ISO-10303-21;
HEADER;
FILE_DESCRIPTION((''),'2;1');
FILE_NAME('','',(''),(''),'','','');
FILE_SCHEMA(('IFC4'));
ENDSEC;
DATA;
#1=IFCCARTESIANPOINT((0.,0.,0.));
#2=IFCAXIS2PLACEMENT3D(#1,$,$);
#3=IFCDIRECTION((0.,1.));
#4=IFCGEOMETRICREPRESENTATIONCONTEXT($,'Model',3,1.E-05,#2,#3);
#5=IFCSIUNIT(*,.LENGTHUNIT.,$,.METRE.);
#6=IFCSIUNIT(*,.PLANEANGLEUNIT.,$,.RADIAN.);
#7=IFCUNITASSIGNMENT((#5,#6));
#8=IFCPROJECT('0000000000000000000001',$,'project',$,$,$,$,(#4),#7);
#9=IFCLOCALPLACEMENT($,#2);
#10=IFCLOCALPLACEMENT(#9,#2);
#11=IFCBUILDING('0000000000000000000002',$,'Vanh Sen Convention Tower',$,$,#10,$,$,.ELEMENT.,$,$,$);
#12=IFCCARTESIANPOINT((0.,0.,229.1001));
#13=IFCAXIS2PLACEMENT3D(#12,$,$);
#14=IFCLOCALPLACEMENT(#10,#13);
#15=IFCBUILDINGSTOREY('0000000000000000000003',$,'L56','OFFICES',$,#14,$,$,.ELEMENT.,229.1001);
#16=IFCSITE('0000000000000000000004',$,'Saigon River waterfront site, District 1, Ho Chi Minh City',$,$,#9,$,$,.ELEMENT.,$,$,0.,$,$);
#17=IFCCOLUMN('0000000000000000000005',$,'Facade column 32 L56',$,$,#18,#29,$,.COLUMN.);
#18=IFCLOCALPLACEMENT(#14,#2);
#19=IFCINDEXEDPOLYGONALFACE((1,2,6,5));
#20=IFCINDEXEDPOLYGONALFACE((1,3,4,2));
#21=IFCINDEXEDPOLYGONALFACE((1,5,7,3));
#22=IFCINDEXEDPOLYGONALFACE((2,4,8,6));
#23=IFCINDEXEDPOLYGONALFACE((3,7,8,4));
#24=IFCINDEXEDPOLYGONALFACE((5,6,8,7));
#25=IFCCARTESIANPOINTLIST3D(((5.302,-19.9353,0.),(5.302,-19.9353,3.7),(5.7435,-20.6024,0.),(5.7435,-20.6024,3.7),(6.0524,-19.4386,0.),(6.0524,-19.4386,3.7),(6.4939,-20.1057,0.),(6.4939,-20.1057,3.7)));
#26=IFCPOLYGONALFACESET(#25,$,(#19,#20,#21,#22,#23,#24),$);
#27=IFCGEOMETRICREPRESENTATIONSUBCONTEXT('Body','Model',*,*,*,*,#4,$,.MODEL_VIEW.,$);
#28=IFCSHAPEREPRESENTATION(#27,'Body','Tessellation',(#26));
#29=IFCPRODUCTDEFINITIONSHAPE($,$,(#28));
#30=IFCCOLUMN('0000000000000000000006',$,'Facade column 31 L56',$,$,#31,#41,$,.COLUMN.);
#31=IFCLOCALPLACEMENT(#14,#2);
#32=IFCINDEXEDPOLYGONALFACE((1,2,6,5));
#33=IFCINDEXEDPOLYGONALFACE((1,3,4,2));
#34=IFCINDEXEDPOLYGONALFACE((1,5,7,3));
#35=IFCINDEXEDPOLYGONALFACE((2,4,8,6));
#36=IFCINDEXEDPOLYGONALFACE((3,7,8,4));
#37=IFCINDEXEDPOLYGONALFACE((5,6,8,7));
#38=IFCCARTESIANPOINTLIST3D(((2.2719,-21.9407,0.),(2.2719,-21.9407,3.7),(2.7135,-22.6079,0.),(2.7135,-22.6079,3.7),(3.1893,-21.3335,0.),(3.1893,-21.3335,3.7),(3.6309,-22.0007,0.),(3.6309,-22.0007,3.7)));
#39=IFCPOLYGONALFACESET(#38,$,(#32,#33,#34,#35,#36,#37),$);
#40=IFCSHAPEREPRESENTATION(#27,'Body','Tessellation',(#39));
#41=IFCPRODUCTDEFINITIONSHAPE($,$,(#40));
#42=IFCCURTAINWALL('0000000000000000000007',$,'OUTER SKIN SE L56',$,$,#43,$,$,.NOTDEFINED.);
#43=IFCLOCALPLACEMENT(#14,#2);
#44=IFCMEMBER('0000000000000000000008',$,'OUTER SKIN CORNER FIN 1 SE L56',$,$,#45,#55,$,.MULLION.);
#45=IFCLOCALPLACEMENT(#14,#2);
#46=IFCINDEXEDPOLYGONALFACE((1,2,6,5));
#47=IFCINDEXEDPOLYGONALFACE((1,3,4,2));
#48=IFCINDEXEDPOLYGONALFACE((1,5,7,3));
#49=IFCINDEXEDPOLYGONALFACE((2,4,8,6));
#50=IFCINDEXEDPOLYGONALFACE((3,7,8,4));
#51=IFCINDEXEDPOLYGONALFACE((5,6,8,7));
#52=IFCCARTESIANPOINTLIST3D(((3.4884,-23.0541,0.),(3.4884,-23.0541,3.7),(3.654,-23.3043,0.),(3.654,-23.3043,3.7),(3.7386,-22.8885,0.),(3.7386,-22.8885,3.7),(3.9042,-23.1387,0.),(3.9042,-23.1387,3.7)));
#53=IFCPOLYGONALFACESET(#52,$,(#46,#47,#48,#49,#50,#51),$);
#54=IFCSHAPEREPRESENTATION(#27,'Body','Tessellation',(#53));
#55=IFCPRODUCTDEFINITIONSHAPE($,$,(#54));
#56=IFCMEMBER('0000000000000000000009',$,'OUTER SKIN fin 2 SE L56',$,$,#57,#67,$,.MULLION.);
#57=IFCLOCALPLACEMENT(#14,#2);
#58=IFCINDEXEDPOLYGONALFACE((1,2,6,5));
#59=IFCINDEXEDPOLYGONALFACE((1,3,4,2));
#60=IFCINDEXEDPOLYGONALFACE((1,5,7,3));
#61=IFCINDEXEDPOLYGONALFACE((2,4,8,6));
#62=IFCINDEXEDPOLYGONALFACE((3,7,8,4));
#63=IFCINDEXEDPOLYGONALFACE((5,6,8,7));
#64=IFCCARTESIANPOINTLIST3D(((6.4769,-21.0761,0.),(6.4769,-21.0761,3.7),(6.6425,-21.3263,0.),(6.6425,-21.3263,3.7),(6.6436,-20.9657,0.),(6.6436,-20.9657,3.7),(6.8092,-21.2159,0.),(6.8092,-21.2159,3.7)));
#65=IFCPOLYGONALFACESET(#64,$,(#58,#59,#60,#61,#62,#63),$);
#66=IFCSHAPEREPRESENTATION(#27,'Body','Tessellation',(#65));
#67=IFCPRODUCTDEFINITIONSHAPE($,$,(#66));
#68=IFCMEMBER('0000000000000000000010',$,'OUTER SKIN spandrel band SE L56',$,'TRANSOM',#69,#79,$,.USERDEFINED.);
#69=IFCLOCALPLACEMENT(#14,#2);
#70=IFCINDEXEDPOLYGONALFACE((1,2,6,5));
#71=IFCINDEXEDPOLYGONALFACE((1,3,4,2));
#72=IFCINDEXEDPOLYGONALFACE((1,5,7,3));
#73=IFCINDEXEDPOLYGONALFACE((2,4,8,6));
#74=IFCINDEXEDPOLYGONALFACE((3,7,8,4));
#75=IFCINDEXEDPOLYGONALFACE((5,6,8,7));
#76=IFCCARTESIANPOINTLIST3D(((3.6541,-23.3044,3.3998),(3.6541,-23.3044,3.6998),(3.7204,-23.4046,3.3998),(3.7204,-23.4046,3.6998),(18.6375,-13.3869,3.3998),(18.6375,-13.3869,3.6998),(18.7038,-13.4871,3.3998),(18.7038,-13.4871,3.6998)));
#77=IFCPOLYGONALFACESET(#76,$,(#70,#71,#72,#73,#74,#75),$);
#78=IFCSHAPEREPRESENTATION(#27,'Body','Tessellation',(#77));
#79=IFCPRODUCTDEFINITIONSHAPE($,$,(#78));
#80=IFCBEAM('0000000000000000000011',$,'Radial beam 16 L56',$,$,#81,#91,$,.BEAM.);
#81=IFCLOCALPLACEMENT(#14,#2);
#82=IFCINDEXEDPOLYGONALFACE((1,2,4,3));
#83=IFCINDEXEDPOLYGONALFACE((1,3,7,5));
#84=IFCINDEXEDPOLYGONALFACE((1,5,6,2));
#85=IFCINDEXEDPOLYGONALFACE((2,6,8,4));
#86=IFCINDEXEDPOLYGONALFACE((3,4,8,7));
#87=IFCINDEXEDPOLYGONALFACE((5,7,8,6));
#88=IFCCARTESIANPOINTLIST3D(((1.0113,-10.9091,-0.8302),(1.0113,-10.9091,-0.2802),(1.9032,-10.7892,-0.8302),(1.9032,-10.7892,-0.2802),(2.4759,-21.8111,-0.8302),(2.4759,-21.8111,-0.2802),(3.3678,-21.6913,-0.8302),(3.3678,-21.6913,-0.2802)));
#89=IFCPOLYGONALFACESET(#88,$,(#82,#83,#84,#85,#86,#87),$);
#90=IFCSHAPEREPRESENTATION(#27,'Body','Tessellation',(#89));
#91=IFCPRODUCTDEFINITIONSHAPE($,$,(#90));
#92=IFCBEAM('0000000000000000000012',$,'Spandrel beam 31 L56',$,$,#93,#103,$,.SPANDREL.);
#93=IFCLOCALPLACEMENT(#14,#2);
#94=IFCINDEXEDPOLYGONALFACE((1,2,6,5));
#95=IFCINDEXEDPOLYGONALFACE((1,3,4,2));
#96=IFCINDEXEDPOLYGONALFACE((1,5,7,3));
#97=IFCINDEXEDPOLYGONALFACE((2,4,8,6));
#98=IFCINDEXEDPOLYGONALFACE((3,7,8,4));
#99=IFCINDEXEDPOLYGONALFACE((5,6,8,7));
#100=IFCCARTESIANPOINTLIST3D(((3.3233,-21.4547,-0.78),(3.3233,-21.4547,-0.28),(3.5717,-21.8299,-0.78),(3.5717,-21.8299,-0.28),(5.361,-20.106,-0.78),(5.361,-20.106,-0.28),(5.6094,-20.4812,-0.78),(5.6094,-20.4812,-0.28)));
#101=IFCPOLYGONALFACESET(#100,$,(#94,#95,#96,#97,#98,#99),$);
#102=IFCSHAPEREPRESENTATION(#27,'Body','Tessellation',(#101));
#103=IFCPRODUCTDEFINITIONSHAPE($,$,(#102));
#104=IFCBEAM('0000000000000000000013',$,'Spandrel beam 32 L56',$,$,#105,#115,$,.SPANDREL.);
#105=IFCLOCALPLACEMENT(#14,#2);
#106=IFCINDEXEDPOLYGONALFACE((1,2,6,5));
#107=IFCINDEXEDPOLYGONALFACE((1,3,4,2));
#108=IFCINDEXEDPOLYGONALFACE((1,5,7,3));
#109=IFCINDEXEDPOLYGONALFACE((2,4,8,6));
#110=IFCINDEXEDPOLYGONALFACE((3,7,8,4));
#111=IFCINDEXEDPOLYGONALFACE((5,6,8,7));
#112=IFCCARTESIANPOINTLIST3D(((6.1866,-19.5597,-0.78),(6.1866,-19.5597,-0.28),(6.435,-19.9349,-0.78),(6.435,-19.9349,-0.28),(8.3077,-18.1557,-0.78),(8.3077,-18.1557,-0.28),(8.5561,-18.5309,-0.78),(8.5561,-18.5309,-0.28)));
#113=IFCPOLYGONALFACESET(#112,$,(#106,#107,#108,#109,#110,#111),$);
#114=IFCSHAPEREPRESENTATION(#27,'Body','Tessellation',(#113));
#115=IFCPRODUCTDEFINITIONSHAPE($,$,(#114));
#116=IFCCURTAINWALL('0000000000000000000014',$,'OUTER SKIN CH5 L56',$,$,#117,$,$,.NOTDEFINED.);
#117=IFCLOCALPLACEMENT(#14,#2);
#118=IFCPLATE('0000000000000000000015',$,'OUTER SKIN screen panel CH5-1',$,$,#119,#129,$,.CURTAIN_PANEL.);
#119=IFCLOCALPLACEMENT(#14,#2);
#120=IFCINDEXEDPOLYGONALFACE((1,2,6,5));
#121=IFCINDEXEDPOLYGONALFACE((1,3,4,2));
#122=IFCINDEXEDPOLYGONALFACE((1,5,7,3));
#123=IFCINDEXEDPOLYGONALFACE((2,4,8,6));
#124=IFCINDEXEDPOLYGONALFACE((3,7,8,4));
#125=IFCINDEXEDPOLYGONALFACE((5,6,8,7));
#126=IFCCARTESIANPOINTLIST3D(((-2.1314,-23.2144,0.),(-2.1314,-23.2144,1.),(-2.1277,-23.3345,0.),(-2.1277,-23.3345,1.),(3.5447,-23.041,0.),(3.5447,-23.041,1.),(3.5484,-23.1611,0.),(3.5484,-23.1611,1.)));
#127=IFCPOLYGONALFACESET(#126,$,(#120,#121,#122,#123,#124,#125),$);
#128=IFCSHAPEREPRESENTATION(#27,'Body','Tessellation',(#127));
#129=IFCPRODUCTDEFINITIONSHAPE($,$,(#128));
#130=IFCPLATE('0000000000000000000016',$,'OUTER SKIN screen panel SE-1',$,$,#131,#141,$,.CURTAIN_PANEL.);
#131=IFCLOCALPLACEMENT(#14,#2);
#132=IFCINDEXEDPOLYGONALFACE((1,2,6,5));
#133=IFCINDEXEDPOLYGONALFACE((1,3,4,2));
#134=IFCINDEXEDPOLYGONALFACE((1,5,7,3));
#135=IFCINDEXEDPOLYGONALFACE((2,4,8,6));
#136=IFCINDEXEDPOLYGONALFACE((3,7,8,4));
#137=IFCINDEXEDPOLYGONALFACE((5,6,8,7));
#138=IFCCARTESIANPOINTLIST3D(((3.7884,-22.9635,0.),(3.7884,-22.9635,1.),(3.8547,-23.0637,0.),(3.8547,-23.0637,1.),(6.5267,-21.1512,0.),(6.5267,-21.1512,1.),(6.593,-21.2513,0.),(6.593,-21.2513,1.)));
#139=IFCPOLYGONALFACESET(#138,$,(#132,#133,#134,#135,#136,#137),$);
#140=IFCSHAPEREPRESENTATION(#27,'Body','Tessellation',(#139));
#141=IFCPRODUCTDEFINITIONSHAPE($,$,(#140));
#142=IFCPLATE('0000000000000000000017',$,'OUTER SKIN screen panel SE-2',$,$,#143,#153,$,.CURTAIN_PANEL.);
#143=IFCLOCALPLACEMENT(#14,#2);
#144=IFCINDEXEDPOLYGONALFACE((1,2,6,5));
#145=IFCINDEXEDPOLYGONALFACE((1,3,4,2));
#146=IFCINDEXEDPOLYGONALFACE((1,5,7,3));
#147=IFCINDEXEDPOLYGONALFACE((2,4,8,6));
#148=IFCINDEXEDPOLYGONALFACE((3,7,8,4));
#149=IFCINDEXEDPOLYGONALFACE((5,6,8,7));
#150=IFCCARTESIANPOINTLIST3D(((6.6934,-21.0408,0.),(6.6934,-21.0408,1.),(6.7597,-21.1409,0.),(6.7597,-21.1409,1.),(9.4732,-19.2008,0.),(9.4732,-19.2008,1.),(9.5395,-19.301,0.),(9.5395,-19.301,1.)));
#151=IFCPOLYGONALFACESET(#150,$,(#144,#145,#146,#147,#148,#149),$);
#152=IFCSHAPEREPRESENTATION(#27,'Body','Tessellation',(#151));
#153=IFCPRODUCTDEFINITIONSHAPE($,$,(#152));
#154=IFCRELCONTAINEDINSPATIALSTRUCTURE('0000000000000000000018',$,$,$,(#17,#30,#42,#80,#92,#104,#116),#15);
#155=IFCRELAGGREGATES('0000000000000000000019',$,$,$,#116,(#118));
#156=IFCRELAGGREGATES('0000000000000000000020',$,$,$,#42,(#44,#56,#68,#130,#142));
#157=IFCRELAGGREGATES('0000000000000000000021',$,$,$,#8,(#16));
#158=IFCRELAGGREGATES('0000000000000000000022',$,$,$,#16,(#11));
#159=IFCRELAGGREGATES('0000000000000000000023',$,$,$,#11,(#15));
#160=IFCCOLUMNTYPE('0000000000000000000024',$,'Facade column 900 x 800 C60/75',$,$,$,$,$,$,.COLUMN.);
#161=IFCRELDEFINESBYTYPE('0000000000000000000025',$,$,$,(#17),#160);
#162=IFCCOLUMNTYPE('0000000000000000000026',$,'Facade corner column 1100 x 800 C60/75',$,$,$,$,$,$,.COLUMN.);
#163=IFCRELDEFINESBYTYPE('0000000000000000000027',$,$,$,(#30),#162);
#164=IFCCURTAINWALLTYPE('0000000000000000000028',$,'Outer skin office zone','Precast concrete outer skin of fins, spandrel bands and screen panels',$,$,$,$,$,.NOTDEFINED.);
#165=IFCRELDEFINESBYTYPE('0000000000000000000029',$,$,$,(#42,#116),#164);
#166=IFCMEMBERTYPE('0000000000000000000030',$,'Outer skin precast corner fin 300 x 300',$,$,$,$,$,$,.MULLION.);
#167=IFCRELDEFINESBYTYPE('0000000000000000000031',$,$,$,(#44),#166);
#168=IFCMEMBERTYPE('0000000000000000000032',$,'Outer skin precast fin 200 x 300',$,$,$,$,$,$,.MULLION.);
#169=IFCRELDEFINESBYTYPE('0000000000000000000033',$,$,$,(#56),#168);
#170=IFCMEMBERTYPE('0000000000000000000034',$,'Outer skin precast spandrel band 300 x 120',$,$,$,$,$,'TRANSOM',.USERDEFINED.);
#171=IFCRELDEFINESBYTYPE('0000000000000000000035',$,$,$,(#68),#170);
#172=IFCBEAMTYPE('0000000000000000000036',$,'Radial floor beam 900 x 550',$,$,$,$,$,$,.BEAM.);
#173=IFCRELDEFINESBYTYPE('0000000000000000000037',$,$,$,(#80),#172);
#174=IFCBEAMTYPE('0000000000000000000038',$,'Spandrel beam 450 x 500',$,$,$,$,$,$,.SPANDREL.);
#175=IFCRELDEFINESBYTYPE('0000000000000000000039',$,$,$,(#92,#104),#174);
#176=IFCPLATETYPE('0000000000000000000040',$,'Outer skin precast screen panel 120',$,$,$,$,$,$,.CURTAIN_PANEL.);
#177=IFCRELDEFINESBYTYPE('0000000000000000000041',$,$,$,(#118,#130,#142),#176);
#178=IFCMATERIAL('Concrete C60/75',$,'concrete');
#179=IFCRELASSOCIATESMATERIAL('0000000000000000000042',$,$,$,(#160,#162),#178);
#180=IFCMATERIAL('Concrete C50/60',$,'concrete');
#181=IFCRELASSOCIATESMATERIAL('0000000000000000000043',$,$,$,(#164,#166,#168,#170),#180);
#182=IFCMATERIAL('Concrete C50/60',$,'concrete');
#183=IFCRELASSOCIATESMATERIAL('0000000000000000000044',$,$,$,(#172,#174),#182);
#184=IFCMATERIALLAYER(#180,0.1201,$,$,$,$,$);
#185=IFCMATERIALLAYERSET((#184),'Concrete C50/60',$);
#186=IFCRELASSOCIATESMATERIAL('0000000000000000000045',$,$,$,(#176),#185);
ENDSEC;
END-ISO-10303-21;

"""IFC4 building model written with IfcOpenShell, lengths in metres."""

from ifc_helpers import new_model, si_unit, direction, frame, origin, origin_2d, place, context, subcontext, project, spatial, rectangle, extrude, material, layer, layer_set, material_profile, profile_set, type_object, element, aggregate, save


model = new_model("IFC4")

# Units and contexts
model_context = context("Model", 3, precision=1e-05, world=origin(), true_north=direction((0.0, 1.0)))
body_context = subcontext(model_context, "Body", "Model", "MODEL_VIEW")
ifc_project = project(units=[si_unit("LENGTHUNIT", "METRE"), si_unit("PLANEANGLEUNIT", "RADIAN")], contexts=[model_context])

# Site, building, storey
site_placement = place(None, origin())
site = spatial("IfcSite", under=ifc_project, at=site_placement, Name="Saigon River waterfront site, District 1, Ho Chi Minh City", CompositionType="ELEMENT", RefElevation=0.0)
building_placement = place(site_placement, origin())
building = spatial("IfcBuilding", under=site, at=building_placement, Name="Vanh Sen Convention Tower", CompositionType="ELEMENT")
storey_placement = place(building_placement, frame((0.0, 0.0, 229.1001)))
storey = spatial("IfcBuildingStorey", under=building, at=storey_placement, Name="L56", Description="OFFICES", CompositionType="ELEMENT", Elevation=229.1001)

# Columns
ifc_material_1 = material(Name="Concrete C60/75", Category="concrete")
ifc_material_profile_1 = material_profile(ifc_material_1, rectangle(XDim=0.8999, YDim=0.8, at=origin_2d()), Name="RC 900X800")
ifc_profile_set_1 = profile_set([ifc_material_profile_1], Name="Concrete C60/75")
column_type_1 = type_object("IfcColumnType", Name="Facade column 900 x 800 C60/75", PredefinedType="COLUMN", material=ifc_profile_set_1)
column_1_placement = place(storey_placement, frame((5.8979, -20.0205, 0.0), z_axis=(0.0, 0.0, 1.0), x_axis=(0.833886, 0.551937, 0.0)))
element("IfcColumn", 1, at=column_1_placement, inside=storey, type_object=column_type_1, Name="Facade column 32 L56", PredefinedType="COLUMN", context=body_context, shape_type="SweptSolid", body=[
    extrude(rectangle(XDim=0.8999, YDim=0.8, at=origin_2d()), origin(), (0.0, 0.0, 1.0), 3.7),
])
ifc_material_profile_2 = material_profile(ifc_material_1, rectangle(XDim=1.1001, YDim=0.8, at=origin_2d()), Name="RC 1100X800")
ifc_profile_set_2 = profile_set([ifc_material_profile_2], Name="Concrete C60/75")
column_type_2 = type_object("IfcColumnType", Name="Facade corner column 1100 x 800 C60/75", PredefinedType="COLUMN", material=ifc_profile_set_2)
column_2_placement = place(storey_placement, frame((2.9514, -21.9707, 0.0), z_axis=(0.0, 0.0, 1.0), x_axis=(0.833886, 0.551937, 0.0)))
element("IfcColumn", 2, at=column_2_placement, inside=storey, type_object=column_type_2, Name="Facade column 31 L56", PredefinedType="COLUMN", context=body_context, shape_type="SweptSolid", body=[
    extrude(rectangle(XDim=1.1001, YDim=0.8, at=origin_2d()), origin(), (0.0, 0.0, 1.0), 3.7),
])

# Curtain wall, members
ifc_material_2 = material(Name="Concrete C50/60", Category="concrete")
curtain_wall_type = type_object("IfcCurtainWallType", Name="Outer skin office zone", Description="Precast concrete outer skin of fins, spandrel bands and screen panels", PredefinedType="NOTDEFINED", material=ifc_material_2)
curtain_wall_1_placement = place(storey_placement, origin())
curtain_wall_1 = element("IfcCurtainWall", 3, at=curtain_wall_1_placement, inside=storey, type_object=curtain_wall_type, Name="OUTER SKIN SE L56", PredefinedType="NOTDEFINED")
ifc_material_profile_3 = material_profile(ifc_material_2, rectangle(XDim=0.3, YDim=0.3, at=origin_2d()), Name="Outer skin precast corner fin 300 x 300")
ifc_profile_set_3 = profile_set([ifc_material_profile_3], Name="Concrete C50/60")
member_type_1 = type_object("IfcMemberType", Name="Outer skin precast corner fin 300 x 300", PredefinedType="MULLION", material=ifc_profile_set_3)
member_1_placement = place(storey_placement, frame((3.6963, -23.0964, 0.0), z_axis=(0.0, 0.0, 1.0), x_axis=(0.833886, 0.551937, 0.0)))
member_1 = element("IfcMember", 4, at=member_1_placement, type_object=member_type_1, Name="OUTER SKIN CORNER FIN 1 SE L56", PredefinedType="MULLION", context=body_context, shape_type="SweptSolid", body=[
    extrude(rectangle(XDim=0.3, YDim=0.3, at=origin_2d()), origin(), (0.0, 0.0, 1.0), 3.7),
])
ifc_material_profile_4 = material_profile(ifc_material_2, rectangle(XDim=0.2, YDim=0.3, at=origin_2d()), Name="Outer skin precast fin 200 x 300")
ifc_profile_set_4 = profile_set([ifc_material_profile_4], Name="Concrete C50/60")
member_type_2 = type_object("IfcMemberType", Name="Outer skin precast fin 200 x 300", PredefinedType="MULLION", material=ifc_profile_set_4)
member_2_placement = place(storey_placement, frame((6.6431, -21.146, 0.0), z_axis=(0.0, 0.0, 1.0), x_axis=(0.833886, 0.551937, 0.0)))
member_2 = element("IfcMember", 5, at=member_2_placement, type_object=member_type_2, Name="OUTER SKIN fin 2 SE L56", PredefinedType="MULLION", context=body_context, shape_type="SweptSolid", body=[
    extrude(rectangle(XDim=0.2, YDim=0.3, at=origin_2d()), origin(), (0.0, 0.0, 1.0), 3.7),
])
ifc_material_profile_5 = material_profile(ifc_material_2, rectangle(XDim=0.1201, YDim=0.3, at=origin_2d()), Name="Outer skin precast spandrel band 300 x 120")
ifc_profile_set_5 = profile_set([ifc_material_profile_5], Name="Concrete C50/60")
member_type_3 = type_object("IfcMemberType", Name="Outer skin precast spandrel band 300 x 120", ElementType="TRANSOM", PredefinedType="USERDEFINED", material=ifc_profile_set_5)
member_3_placement = place(storey_placement, frame((3.6873, -23.3545, 3.5498), z_axis=(0.833881, 0.551944, 0.0), x_axis=(-0.551944, 0.833881, 0.0)))
member_3 = element("IfcMember", 6, at=member_3_placement, type_object=member_type_3, Name="OUTER SKIN spandrel band SE L56", ObjectType="TRANSOM", PredefinedType="USERDEFINED", context=body_context, shape_type="SweptSolid", body=[
    extrude(rectangle(XDim=0.1201, YDim=0.3, at=origin_2d()), origin(), (0.0, 0.0, 1.0), 17.9683),
])

# Beams
ifc_material_3 = material(Name="Concrete C50/60", Category="concrete")
ifc_material_profile_6 = material_profile(ifc_material_3, rectangle(XDim=0.8999, YDim=0.55, at=origin_2d()), Name="RC 900X550")
ifc_profile_set_6 = profile_set([ifc_material_profile_6], Name="Concrete C50/60")
beam_type_1 = type_object("IfcBeamType", Name="Radial floor beam 900 x 550", PredefinedType="BEAM", material=ifc_profile_set_6)
beam_1_placement = place(storey_placement, frame((2.9219, -21.7512, -0.5552), z_axis=(-0.133145, 0.991097, 0.0), x_axis=(-0.991097, -0.133145, 0.0)))
element("IfcBeam", 7, at=beam_1_placement, inside=storey, type_object=beam_type_1, Name="Radial beam 16 L56", PredefinedType="BEAM", context=body_context, shape_type="SweptSolid", body=[
    extrude(rectangle(XDim=0.8999, YDim=0.55, at=origin_2d()), origin(), (0.0, 0.0, 1.0), 11.0),
])
ifc_material_profile_7 = material_profile(ifc_material_3, rectangle(XDim=0.45, YDim=0.5, at=origin_2d()), Name="RC 450X500")
ifc_profile_set_7 = profile_set([ifc_material_profile_7], Name="Concrete C50/60")
beam_type_2 = type_object("IfcBeamType", Name="Spandrel beam 450 x 500", PredefinedType="SPANDREL", material=ifc_profile_set_7)
beam_2_placement = place(storey_placement, frame((3.4475, -21.6423, -0.53), z_axis=(0.83389, 0.55193, 0.0), x_axis=(-0.55193, 0.83389, 0.0)))
element("IfcBeam", 8, at=beam_2_placement, inside=storey, type_object=beam_type_2, Name="Spandrel beam 31 L56", PredefinedType="SPANDREL", context=body_context, shape_type="SweptSolid", body=[
    extrude(rectangle(XDim=0.45, YDim=0.5, at=origin_2d()), origin(), (0.0, 0.0, 1.0), 2.4436),
])
beam_3_placement = place(storey_placement, frame((6.3108, -19.7473, -0.53), z_axis=(0.833862, 0.551973, 0.0), x_axis=(-0.551973, 0.833862, 0.0)))
element("IfcBeam", 9, at=beam_3_placement, inside=storey, type_object=beam_type_2, Name="Spandrel beam 32 L56", PredefinedType="SPANDREL", context=body_context, shape_type="SweptSolid", body=[
    extrude(rectangle(XDim=0.45, YDim=0.5, at=origin_2d()), origin(), (0.0, 0.0, 1.0), 2.5437),
])

# Curtain wall, plate
curtain_wall_2_placement = place(storey_placement, origin())
curtain_wall_2 = element("IfcCurtainWall", 10, at=curtain_wall_2_placement, inside=storey, type_object=curtain_wall_type, Name="OUTER SKIN CH5 L56", PredefinedType="NOTDEFINED")
ifc_layer_1 = layer(ifc_material_2, 0.1201)
ifc_layer_set_1 = layer_set([ifc_layer_1], Name="Concrete C50/60")
plate_type = type_object("IfcPlateType", Name="Outer skin precast screen panel 120", PredefinedType="CURTAIN_PANEL", material=ifc_layer_set_1)
plate_1_placement = place(storey_placement, frame((0.7085, -23.1877, 0.0), z_axis=(0.0, 0.0, 1.0), x_axis=(0.999534, 0.03054, 0.0)))
plate_1 = element("IfcPlate", 11, at=plate_1_placement, type_object=plate_type, Name="OUTER SKIN screen panel CH5-1", PredefinedType="CURTAIN_PANEL", context=body_context, shape_type="SweptSolid", body=[
    extrude(rectangle(XDim=5.6787, YDim=0.1201, at=origin_2d()), origin(), (0.0, 0.0, 1.0), 1.0),
])
aggregate(curtain_wall_2, [plate_1])

# Plates
plate_2_placement = place(storey_placement, frame((5.1907, -22.1074, 0.0), z_axis=(0.0, 0.0, 1.0), x_axis=(0.833896, 0.551921, 0.0)))
plate_2 = element("IfcPlate", 12, at=plate_2_placement, type_object=plate_type, Name="OUTER SKIN screen panel SE-1", PredefinedType="CURTAIN_PANEL", context=body_context, shape_type="SweptSolid", body=[
    extrude(rectangle(XDim=3.2837, YDim=0.1201, at=origin_2d()), origin(), (0.0, 0.0, 1.0), 1.0),
])
plate_3_placement = place(storey_placement, frame((8.1165, -20.1709, 0.0), z_axis=(0.0, 0.0, 1.0), x_axis=(0.833874, 0.551954, 0.0)))
plate_3 = element("IfcPlate", 13, at=plate_3_placement, type_object=plate_type, Name="OUTER SKIN screen panel SE-2", PredefinedType="CURTAIN_PANEL", context=body_context, shape_type="SweptSolid", body=[
    extrude(rectangle(XDim=3.3335, YDim=0.1201, at=origin_2d()), origin(), (0.0, 0.0, 1.0), 1.0),
])
aggregate(curtain_wall_1, [member_1, member_2, member_3, plate_2, plate_3])

save(model, "model.ifc")
